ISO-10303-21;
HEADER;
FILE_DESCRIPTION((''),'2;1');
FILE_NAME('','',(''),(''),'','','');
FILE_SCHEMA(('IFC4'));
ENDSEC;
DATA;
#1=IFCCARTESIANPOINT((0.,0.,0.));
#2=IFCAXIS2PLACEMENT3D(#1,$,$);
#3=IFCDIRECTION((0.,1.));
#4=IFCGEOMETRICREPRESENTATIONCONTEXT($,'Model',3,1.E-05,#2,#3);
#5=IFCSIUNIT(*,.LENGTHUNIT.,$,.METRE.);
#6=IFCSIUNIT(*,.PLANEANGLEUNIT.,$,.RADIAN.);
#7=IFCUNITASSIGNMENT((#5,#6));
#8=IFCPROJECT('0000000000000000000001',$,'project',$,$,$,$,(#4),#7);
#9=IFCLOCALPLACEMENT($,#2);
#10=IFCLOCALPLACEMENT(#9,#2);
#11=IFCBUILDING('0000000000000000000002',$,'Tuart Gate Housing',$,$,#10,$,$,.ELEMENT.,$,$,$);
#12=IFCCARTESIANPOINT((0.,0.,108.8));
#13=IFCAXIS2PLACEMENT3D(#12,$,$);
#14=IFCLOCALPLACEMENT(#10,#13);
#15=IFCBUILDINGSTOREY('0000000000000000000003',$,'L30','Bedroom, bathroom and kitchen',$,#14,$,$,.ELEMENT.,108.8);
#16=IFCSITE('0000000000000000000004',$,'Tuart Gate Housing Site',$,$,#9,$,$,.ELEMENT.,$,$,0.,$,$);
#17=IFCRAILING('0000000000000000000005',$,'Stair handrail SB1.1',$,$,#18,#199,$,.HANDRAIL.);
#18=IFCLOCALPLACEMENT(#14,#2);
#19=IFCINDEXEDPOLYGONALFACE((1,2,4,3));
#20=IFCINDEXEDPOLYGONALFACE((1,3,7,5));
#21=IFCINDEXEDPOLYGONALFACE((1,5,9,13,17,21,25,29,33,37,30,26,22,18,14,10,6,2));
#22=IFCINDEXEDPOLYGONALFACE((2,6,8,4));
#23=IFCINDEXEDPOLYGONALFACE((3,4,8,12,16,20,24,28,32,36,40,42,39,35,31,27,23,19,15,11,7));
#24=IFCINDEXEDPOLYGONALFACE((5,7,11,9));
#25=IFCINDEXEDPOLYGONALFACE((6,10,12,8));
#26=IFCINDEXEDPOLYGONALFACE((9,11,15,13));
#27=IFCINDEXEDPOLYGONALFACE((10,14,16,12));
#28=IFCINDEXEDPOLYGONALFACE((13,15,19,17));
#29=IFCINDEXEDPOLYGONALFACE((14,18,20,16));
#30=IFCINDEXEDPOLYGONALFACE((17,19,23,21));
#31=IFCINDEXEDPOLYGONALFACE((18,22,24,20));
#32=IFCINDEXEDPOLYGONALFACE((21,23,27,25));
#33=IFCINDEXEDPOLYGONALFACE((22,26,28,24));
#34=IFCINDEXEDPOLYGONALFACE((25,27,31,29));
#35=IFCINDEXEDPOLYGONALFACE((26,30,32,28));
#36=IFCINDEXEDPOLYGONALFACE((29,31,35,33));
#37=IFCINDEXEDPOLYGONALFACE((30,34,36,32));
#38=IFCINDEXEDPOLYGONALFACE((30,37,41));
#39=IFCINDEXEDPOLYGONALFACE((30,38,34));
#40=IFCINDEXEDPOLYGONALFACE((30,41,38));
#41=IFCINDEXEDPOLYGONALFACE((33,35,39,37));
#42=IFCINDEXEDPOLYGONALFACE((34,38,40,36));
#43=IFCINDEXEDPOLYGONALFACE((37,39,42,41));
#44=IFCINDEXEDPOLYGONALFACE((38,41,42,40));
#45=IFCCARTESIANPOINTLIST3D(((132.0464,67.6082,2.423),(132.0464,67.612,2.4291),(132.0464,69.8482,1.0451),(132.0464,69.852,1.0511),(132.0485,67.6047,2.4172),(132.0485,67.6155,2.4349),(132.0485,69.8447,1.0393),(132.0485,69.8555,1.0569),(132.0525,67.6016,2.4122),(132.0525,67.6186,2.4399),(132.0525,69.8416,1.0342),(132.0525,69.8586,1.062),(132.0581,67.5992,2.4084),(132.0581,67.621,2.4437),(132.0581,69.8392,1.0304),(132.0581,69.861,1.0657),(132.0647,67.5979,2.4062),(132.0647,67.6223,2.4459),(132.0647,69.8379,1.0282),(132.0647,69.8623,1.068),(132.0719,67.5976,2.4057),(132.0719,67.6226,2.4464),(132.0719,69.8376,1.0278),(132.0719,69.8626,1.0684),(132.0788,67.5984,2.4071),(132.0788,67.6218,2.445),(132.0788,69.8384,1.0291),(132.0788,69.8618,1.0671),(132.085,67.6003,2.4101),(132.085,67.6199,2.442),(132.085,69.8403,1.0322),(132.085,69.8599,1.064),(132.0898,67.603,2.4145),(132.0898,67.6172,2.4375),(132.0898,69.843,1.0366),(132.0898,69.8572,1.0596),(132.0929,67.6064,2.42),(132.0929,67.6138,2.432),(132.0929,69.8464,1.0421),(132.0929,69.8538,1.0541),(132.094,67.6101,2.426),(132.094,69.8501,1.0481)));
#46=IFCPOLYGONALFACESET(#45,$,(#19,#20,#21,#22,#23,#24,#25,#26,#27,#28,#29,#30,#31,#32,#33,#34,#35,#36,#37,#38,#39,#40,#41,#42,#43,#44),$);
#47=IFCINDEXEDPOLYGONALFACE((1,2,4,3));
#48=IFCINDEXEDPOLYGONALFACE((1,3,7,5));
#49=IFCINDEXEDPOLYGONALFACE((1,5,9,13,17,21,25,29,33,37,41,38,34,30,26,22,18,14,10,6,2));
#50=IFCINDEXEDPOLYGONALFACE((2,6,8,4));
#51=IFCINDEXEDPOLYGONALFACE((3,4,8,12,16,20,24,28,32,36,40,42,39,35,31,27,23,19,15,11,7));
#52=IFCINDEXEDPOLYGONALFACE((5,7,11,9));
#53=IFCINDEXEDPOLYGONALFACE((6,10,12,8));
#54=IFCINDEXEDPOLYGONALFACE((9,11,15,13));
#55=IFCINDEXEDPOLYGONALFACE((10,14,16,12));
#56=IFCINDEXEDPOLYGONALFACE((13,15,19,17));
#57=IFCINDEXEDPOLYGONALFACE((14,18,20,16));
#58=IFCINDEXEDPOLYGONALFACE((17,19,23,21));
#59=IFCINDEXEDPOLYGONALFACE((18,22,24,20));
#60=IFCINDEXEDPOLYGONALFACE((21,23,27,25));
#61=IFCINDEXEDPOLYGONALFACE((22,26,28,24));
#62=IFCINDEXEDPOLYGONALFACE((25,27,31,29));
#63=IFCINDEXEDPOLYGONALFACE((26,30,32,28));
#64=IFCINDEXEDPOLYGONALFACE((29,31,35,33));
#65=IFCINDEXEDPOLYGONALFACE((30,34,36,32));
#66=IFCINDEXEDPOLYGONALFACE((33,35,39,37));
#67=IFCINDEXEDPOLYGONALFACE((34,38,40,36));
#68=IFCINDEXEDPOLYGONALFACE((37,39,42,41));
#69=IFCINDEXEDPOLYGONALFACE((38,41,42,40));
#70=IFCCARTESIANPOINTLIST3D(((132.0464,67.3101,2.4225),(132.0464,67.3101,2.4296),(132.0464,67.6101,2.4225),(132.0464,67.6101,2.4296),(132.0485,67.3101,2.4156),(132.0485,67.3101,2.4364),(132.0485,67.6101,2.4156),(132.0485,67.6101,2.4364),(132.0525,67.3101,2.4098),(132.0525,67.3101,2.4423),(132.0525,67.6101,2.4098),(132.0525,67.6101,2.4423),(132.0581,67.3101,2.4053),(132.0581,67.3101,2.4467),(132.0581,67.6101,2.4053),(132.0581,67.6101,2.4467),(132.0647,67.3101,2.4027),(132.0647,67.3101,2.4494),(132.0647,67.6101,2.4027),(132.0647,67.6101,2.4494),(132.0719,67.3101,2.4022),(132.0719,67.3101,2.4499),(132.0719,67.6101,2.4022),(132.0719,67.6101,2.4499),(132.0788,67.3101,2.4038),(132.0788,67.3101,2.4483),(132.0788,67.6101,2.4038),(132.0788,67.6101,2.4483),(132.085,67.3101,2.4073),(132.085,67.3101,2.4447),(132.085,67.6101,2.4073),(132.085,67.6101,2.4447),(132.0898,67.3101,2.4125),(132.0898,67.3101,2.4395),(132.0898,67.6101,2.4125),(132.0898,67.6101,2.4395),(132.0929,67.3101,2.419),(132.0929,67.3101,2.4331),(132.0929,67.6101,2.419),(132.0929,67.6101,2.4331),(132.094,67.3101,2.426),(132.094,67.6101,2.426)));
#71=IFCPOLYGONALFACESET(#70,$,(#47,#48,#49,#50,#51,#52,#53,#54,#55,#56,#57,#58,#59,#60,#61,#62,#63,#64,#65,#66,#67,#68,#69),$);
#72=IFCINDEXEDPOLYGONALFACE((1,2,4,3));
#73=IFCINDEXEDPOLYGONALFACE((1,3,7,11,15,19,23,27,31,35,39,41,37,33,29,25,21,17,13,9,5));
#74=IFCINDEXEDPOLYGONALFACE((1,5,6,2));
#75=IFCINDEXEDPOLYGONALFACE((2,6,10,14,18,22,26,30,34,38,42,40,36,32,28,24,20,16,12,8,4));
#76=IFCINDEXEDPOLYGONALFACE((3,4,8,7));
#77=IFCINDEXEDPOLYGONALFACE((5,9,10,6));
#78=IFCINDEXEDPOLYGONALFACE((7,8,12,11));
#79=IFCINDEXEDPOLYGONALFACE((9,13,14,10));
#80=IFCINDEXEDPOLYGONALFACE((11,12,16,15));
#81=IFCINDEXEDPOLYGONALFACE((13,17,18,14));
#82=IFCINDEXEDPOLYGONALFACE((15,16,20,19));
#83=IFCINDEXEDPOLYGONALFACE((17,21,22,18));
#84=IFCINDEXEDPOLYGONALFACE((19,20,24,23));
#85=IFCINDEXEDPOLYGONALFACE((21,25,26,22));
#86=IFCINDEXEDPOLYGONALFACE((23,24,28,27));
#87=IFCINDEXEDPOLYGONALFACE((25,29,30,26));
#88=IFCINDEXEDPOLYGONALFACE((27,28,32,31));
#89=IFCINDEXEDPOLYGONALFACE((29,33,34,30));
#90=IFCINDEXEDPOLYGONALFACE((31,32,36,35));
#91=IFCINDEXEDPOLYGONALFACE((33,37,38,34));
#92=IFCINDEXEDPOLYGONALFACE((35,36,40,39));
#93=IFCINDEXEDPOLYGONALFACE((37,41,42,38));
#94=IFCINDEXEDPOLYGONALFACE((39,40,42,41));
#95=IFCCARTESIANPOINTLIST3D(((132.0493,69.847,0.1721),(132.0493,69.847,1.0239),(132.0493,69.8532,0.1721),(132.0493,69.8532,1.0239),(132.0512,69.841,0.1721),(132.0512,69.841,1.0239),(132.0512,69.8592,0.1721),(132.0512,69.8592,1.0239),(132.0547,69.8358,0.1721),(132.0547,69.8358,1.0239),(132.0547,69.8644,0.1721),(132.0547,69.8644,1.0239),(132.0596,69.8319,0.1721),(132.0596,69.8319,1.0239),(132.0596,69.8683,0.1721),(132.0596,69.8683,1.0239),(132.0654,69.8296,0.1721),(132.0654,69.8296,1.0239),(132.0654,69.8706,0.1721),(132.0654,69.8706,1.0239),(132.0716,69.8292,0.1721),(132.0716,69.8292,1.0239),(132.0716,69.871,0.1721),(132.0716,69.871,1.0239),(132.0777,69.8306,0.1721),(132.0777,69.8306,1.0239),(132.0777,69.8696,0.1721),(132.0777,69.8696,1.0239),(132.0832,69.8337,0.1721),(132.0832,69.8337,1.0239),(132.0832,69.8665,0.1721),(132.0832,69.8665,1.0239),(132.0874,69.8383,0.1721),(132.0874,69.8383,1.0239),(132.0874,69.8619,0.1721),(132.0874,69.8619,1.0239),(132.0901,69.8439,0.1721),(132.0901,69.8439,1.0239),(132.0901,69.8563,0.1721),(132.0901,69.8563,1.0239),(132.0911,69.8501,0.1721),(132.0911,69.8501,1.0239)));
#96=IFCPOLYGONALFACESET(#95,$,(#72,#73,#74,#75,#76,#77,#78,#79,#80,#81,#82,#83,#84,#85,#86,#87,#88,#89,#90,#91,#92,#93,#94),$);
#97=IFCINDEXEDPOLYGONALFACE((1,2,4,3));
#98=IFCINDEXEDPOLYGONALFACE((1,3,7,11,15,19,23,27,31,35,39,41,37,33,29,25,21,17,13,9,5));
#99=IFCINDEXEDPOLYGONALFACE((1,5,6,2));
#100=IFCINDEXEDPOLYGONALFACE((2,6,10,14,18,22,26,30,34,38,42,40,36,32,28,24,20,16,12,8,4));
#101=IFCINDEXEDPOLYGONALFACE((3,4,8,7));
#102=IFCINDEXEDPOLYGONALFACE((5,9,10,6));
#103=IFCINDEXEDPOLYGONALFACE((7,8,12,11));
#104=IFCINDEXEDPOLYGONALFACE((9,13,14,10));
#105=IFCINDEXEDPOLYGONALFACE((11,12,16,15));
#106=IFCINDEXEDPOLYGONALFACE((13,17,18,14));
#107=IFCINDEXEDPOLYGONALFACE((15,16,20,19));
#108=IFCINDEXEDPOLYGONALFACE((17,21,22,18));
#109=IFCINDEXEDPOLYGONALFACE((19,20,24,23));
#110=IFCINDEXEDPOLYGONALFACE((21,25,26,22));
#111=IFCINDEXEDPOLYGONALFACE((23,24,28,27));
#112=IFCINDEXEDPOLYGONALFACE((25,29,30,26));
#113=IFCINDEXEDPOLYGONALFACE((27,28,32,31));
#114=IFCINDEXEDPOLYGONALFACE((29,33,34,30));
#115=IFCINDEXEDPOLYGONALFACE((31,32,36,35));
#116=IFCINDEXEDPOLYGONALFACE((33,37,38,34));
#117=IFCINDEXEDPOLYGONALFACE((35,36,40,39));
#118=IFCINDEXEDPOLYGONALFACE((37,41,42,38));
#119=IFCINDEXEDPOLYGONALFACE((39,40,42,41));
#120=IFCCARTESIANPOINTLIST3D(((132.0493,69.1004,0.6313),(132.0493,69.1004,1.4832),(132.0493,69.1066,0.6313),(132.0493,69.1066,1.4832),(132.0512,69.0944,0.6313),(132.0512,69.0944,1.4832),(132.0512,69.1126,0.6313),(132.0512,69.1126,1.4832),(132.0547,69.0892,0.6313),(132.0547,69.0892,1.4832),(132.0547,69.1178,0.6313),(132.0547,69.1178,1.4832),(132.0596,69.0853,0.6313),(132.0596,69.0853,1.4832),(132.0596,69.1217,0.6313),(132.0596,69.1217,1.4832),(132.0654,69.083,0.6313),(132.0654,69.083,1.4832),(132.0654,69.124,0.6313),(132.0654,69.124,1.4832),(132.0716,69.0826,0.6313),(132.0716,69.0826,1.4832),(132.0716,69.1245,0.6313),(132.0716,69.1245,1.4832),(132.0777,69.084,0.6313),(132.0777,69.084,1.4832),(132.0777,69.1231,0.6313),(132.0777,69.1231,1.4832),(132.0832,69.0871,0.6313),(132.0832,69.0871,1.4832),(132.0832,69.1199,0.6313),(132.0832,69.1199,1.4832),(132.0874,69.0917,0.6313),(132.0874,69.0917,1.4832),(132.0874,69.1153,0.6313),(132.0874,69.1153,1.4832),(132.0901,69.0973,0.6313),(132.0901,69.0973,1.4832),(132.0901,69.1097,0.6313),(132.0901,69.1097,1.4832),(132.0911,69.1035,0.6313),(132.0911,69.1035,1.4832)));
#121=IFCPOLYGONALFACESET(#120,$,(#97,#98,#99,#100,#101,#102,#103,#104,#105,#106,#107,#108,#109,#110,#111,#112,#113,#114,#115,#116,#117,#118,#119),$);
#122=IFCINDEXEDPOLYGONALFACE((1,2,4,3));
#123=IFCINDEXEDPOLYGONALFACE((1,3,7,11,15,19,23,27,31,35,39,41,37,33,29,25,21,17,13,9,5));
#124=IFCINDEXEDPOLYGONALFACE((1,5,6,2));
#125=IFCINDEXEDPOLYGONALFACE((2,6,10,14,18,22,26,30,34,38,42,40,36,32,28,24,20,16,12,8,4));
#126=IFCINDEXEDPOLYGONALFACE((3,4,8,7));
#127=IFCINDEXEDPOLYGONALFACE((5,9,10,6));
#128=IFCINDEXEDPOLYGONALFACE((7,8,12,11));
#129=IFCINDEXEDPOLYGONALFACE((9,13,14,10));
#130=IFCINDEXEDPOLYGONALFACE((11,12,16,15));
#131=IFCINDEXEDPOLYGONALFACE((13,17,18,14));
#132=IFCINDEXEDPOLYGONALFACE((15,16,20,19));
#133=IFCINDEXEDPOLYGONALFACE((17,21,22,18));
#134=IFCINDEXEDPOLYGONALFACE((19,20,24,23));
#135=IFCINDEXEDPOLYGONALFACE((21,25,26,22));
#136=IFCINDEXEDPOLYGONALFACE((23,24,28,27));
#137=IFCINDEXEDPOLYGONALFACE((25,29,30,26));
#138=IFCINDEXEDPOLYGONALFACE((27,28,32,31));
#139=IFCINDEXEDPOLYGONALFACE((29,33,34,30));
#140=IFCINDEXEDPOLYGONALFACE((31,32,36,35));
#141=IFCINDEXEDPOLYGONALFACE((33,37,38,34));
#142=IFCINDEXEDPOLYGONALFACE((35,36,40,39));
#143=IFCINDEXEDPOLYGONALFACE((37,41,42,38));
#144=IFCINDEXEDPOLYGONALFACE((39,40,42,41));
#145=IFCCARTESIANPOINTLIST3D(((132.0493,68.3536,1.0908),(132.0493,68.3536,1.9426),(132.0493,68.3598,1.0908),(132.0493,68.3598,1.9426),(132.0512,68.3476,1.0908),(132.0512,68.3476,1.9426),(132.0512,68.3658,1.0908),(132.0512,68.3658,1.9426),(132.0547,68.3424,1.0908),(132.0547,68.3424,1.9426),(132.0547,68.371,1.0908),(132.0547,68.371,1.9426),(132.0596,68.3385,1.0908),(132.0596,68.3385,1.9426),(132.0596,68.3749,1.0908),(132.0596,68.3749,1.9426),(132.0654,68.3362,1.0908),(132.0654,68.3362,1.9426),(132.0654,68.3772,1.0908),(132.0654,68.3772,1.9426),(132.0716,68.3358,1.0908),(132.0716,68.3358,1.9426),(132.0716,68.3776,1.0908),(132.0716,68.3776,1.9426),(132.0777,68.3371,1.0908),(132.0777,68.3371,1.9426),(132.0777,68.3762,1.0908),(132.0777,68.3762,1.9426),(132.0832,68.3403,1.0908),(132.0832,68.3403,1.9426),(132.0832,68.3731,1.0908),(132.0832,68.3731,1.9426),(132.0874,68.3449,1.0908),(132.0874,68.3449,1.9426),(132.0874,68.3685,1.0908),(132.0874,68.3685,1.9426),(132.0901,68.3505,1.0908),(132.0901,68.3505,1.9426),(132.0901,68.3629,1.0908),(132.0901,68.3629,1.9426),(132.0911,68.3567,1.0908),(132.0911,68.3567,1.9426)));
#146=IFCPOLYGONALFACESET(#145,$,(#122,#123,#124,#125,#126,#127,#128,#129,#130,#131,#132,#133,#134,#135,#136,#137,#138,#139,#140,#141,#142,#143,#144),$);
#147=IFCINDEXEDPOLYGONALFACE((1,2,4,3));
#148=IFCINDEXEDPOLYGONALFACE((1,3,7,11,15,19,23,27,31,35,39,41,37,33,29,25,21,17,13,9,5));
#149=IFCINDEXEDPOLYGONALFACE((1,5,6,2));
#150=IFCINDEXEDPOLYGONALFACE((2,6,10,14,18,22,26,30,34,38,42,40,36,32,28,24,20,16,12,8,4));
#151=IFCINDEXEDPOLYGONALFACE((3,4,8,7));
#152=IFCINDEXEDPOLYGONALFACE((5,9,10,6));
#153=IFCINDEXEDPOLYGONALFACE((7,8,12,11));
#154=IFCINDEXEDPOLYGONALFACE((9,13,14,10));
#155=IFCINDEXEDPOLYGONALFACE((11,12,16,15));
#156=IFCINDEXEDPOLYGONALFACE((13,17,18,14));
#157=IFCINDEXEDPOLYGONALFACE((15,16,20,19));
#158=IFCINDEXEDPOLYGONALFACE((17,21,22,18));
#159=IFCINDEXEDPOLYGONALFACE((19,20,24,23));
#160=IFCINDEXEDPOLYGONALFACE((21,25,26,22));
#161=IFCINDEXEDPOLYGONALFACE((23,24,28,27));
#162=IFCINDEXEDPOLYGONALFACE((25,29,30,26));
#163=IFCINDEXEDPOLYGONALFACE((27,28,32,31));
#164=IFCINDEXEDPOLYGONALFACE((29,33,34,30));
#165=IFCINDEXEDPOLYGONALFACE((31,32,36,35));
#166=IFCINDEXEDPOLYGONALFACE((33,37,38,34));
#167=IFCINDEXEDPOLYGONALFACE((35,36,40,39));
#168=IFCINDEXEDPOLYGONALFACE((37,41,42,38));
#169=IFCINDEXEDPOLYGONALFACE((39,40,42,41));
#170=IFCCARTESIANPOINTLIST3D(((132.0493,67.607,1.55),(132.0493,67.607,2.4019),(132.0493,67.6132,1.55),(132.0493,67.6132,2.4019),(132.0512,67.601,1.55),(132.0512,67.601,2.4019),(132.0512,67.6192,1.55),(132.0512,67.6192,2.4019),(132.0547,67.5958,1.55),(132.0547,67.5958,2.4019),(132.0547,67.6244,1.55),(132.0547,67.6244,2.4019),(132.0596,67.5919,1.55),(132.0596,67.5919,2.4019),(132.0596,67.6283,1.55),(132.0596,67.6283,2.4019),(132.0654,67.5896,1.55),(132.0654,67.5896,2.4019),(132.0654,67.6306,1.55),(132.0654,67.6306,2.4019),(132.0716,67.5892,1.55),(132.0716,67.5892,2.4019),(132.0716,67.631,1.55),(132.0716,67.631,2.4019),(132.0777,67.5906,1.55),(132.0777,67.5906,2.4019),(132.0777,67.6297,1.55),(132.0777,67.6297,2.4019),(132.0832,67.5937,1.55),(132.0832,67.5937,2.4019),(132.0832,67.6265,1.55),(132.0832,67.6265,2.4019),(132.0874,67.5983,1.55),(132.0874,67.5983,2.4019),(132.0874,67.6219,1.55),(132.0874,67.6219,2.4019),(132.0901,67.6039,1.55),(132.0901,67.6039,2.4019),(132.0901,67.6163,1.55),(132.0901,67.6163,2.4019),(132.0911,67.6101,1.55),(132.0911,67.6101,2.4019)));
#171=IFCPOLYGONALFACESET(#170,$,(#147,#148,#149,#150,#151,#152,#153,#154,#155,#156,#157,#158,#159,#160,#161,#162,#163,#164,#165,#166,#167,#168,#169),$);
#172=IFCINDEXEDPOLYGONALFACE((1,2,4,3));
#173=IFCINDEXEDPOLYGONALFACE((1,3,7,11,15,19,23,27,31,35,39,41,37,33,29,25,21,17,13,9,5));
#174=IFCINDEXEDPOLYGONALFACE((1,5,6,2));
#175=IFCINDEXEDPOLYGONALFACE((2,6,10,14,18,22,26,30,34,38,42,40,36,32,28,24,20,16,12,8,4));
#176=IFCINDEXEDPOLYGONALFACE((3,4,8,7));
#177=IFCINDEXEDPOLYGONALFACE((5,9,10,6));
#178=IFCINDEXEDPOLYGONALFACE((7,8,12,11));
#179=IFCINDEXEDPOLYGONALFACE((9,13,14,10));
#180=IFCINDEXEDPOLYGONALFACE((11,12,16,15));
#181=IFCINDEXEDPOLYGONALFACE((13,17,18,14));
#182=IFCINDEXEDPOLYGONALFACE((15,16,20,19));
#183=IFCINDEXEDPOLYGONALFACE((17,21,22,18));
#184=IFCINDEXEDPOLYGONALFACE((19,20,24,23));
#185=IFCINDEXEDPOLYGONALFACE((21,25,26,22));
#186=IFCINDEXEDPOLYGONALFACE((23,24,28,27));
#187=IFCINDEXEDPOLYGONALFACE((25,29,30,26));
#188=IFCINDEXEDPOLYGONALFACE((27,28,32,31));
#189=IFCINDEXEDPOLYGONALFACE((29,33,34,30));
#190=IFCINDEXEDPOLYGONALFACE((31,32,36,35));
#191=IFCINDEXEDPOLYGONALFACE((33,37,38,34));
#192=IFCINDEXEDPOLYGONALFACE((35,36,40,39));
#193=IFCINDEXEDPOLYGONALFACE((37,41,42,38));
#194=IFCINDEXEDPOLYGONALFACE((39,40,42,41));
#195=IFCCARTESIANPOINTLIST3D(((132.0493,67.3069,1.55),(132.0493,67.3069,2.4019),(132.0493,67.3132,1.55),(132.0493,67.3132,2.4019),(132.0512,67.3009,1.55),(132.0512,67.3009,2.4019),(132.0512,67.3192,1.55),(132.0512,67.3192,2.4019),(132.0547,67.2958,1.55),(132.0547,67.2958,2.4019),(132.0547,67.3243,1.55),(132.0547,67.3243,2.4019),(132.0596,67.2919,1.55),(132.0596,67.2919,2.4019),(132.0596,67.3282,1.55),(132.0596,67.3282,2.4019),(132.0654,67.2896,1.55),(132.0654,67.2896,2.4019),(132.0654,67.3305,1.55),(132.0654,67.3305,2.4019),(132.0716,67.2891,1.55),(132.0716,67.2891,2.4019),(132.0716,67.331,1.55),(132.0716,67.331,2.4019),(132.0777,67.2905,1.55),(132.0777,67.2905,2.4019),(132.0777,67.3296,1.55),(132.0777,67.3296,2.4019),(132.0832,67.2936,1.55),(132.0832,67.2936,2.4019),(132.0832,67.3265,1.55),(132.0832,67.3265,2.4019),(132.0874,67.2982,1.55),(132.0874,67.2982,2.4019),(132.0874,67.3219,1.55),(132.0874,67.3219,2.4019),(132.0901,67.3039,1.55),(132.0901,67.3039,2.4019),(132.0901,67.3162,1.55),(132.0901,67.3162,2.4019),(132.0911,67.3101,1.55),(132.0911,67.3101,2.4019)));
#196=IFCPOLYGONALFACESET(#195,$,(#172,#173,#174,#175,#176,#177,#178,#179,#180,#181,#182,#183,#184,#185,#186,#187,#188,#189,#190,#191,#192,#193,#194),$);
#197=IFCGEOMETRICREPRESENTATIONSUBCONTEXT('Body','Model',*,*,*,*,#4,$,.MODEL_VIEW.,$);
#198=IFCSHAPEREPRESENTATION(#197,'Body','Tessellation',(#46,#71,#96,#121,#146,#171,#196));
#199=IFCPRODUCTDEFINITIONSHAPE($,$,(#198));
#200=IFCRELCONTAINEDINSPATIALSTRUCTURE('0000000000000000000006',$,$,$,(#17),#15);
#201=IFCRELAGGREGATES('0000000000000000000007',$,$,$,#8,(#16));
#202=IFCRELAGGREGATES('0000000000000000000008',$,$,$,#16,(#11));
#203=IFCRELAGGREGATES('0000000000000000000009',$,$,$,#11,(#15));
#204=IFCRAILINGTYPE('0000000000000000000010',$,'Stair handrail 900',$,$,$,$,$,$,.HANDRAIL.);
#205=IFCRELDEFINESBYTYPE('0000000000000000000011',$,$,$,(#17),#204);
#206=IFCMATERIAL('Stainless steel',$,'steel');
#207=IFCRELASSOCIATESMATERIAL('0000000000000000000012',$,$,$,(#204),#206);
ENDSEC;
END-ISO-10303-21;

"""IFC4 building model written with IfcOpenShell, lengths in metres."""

from ifc_helpers import new_model, si_unit, direction, frame, origin, origin_2d, place, context, subcontext, project, spatial, circle, extrude, material, type_object, element, save


model = new_model("IFC4")

# Units and contexts
model_context = context("Model", 3, precision=1e-05, world=origin(), true_north=direction((0.0, 1.0)))
body_context = subcontext(model_context, "Body", "Model", "MODEL_VIEW")
ifc_project = project(units=[si_unit("LENGTHUNIT", "METRE"), si_unit("PLANEANGLEUNIT", "RADIAN")], contexts=[model_context])

# Site, building, storey
site_placement = place(None, origin())
site = spatial("IfcSite", under=ifc_project, at=site_placement, Name="Tuart Gate Housing Site", CompositionType="ELEMENT", RefElevation=0.0)
building_placement = place(site_placement, origin())
building = spatial("IfcBuilding", under=site, at=building_placement, Name="Tuart Gate Housing", CompositionType="ELEMENT")
storey_placement = place(building_placement, frame((0.0, 0.0, 108.8)))
storey = spatial("IfcBuildingStorey", under=building, at=storey_placement, Name="L30", Description="Bedroom, bathroom and kitchen", CompositionType="ELEMENT", Elevation=108.8)

# Railing
ifc_material_1 = material(Name="Stainless steel", Category="steel")
railing_type = type_object("IfcRailingType", Name="Stair handrail 900", PredefinedType="HANDRAIL", material=ifc_material_1)
railing_placement = place(storey_placement, frame((132.0701, 69.8501, 0.1721)))
element("IfcRailing", 1, at=railing_placement, inside=storey, type_object=railing_type, Name="Stair handrail SB1.1", PredefinedType="HANDRAIL", context=body_context, shape_type="SweptSolid", body=[
    extrude(circle(Radius=0.0239, at=origin_2d()), frame((0.0, 0.0, 0.876), z_axis=(0.0, -0.851748, 0.523952), x_axis=(1.0, 0.0, 0.0)), (0.0, 0.0, 1.0), 2.6299),
    extrude(circle(Radius=0.0239, at=origin_2d()), frame((0.0, -2.24, 2.2539), z_axis=(0.0, -1.0, 0.0), x_axis=(1.0, 0.0, 0.0)), (0.0, 0.0, 1.0), 0.3),
    extrude(circle(Radius=0.021, at=origin_2d()), origin(), (0.0, 0.0, 1.0), 0.8518),
    extrude(circle(Radius=0.021, at=origin_2d()), frame((0.0, -0.7466, 0.4592)), (0.0, 0.0, 1.0), 0.8518),
    extrude(circle(Radius=0.021, at=origin_2d()), frame((0.0, -1.4934, 0.9187)), (0.0, 0.0, 1.0), 0.8518),
    extrude(circle(Radius=0.021, at=origin_2d()), frame((0.0, -2.24, 1.3779)), (0.0, 0.0, 1.0), 0.8518),
    extrude(circle(Radius=0.021, at=origin_2d()), frame((0.0, -2.54, 1.3779)), (0.0, 0.0, 1.0), 0.8518),
])

save(model, "model.ifc")
